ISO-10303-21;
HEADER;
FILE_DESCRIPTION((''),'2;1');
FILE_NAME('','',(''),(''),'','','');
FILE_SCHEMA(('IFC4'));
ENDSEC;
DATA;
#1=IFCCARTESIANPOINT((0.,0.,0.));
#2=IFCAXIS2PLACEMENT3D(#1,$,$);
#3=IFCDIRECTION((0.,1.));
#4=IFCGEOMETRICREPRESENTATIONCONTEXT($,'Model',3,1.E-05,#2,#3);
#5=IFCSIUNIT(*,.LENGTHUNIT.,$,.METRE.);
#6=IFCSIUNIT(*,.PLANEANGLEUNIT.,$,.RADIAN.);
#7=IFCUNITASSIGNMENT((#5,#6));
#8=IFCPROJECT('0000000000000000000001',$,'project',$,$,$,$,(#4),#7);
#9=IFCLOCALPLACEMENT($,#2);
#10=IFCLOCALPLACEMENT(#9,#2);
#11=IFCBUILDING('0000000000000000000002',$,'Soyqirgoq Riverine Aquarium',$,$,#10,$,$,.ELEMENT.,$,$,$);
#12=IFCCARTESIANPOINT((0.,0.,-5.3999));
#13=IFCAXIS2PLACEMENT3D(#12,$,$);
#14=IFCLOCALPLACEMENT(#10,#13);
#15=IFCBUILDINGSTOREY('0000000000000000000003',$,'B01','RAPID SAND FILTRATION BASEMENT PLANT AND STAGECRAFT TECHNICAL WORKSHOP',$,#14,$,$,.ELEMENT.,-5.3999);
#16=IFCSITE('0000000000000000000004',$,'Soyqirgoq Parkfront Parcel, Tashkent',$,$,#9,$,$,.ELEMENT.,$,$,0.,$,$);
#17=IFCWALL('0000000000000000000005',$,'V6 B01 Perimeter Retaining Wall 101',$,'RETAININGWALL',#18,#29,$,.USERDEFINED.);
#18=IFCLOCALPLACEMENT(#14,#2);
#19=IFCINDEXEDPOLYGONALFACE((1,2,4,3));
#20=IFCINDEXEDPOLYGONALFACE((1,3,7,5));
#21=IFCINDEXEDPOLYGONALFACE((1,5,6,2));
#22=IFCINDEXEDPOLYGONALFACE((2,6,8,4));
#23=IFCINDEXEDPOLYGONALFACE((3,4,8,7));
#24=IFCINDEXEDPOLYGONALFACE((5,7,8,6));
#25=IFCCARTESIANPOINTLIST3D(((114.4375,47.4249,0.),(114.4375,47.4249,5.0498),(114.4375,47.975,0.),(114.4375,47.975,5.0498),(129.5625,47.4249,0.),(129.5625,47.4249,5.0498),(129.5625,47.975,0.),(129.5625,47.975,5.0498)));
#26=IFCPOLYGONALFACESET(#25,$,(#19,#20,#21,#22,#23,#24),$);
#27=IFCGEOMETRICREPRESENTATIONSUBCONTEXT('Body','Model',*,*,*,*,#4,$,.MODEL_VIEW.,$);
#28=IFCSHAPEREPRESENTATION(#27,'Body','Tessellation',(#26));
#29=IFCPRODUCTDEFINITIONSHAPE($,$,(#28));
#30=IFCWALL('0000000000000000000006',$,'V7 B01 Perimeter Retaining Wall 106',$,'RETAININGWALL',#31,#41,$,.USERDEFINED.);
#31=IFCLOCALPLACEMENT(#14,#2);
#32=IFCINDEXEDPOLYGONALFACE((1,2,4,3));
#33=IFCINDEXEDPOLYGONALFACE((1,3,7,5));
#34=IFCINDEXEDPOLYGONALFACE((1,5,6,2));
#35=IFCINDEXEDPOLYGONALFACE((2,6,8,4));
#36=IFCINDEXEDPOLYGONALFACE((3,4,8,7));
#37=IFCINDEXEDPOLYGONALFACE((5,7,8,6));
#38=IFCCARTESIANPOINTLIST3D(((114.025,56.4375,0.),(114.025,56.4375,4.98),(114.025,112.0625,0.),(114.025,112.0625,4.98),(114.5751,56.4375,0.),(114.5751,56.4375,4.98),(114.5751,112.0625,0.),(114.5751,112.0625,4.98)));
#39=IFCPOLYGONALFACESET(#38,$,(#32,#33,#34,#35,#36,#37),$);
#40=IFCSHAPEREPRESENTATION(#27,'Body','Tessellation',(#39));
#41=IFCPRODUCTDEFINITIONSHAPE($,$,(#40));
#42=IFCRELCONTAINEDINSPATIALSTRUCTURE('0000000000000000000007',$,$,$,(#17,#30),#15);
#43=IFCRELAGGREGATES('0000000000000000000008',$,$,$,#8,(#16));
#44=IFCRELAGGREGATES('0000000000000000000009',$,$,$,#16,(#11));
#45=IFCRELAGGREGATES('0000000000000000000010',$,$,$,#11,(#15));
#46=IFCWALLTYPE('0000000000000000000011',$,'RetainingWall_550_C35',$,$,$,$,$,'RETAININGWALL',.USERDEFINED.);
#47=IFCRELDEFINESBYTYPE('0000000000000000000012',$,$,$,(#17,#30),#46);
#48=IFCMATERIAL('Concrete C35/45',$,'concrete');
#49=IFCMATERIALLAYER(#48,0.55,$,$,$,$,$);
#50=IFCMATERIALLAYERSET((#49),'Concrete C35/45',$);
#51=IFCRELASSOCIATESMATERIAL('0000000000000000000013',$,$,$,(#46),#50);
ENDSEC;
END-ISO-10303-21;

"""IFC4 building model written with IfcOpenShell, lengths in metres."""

from ifc_helpers import new_model, si_unit, direction, frame, frame_2d, origin, place, context, subcontext, project, spatial, rectangle, extrude, material, layer, layer_set, type_object, element, save


model = new_model("IFC4")

# Units and contexts
model_context = context("Model", 3, precision=1e-05, world=origin(), true_north=direction((0.0, 1.0)))
body_context = subcontext(model_context, "Body", "Model", "MODEL_VIEW")
ifc_project = project(units=[si_unit("LENGTHUNIT", "METRE"), si_unit("PLANEANGLEUNIT", "RADIAN")], contexts=[model_context])

# Site, building, storey
site_placement = place(None, origin())
site = spatial("IfcSite", under=ifc_project, at=site_placement, Name="Soyqirgoq Parkfront Parcel, Tashkent", CompositionType="ELEMENT", RefElevation=0.0)
building_placement = place(site_placement, origin())
building = spatial("IfcBuilding", under=site, at=building_placement, Name="Soyqirgoq Riverine Aquarium", CompositionType="ELEMENT")
storey_placement = place(building_placement, frame((0.0, 0.0, -5.3999)))
storey = spatial("IfcBuildingStorey", under=building, at=storey_placement, Name="B01", Description="RAPID SAND FILTRATION BASEMENT PLANT AND STAGECRAFT TECHNICAL WORKSHOP", CompositionType="ELEMENT", Elevation=-5.3999)

# Walls
ifc_material_1 = material(Name="Concrete C35/45", Category="concrete")
ifc_layer = layer(ifc_material_1, 0.55)
ifc_layer_set = layer_set([ifc_layer], Name="Concrete C35/45")
wall_type = type_object("IfcWallType", Name="RetainingWall_550_C35", ElementType="RETAININGWALL", PredefinedType="USERDEFINED", material=ifc_layer_set)
wall_1_placement = place(storey_placement, frame((114.4375, 47.7, 0.0), z_axis=(0.0, 0.0, 1.0), x_axis=(1.0, 0.0, 0.0)))
element("IfcWall", 1, at=wall_1_placement, inside=storey, type_object=wall_type, Name="V6 B01 Perimeter Retaining Wall 101", ObjectType="RETAININGWALL", PredefinedType="USERDEFINED", context=body_context, shape_type="SweptSolid", body=[
    extrude(rectangle(XDim=15.125, YDim=0.55, at=frame_2d((7.5625, 0.0))), origin(), (0.0, 0.0, 1.0), 5.0498),
])
wall_2_placement = place(storey_placement, frame((114.3, 56.4375, 0.0), z_axis=(0.0, 0.0, 1.0), x_axis=(0.0, 1.0, 0.0)))
element("IfcWall", 2, at=wall_2_placement, inside=storey, type_object=wall_type, Name="V7 B01 Perimeter Retaining Wall 106", ObjectType="RETAININGWALL", PredefinedType="USERDEFINED", context=body_context, shape_type="SweptSolid", body=[
    extrude(rectangle(XDim=55.625, YDim=0.55, at=frame_2d((27.8125, 0.0))), origin(), (0.0, 0.0, 1.0), 4.98),
])

save(model, "model.ifc")
